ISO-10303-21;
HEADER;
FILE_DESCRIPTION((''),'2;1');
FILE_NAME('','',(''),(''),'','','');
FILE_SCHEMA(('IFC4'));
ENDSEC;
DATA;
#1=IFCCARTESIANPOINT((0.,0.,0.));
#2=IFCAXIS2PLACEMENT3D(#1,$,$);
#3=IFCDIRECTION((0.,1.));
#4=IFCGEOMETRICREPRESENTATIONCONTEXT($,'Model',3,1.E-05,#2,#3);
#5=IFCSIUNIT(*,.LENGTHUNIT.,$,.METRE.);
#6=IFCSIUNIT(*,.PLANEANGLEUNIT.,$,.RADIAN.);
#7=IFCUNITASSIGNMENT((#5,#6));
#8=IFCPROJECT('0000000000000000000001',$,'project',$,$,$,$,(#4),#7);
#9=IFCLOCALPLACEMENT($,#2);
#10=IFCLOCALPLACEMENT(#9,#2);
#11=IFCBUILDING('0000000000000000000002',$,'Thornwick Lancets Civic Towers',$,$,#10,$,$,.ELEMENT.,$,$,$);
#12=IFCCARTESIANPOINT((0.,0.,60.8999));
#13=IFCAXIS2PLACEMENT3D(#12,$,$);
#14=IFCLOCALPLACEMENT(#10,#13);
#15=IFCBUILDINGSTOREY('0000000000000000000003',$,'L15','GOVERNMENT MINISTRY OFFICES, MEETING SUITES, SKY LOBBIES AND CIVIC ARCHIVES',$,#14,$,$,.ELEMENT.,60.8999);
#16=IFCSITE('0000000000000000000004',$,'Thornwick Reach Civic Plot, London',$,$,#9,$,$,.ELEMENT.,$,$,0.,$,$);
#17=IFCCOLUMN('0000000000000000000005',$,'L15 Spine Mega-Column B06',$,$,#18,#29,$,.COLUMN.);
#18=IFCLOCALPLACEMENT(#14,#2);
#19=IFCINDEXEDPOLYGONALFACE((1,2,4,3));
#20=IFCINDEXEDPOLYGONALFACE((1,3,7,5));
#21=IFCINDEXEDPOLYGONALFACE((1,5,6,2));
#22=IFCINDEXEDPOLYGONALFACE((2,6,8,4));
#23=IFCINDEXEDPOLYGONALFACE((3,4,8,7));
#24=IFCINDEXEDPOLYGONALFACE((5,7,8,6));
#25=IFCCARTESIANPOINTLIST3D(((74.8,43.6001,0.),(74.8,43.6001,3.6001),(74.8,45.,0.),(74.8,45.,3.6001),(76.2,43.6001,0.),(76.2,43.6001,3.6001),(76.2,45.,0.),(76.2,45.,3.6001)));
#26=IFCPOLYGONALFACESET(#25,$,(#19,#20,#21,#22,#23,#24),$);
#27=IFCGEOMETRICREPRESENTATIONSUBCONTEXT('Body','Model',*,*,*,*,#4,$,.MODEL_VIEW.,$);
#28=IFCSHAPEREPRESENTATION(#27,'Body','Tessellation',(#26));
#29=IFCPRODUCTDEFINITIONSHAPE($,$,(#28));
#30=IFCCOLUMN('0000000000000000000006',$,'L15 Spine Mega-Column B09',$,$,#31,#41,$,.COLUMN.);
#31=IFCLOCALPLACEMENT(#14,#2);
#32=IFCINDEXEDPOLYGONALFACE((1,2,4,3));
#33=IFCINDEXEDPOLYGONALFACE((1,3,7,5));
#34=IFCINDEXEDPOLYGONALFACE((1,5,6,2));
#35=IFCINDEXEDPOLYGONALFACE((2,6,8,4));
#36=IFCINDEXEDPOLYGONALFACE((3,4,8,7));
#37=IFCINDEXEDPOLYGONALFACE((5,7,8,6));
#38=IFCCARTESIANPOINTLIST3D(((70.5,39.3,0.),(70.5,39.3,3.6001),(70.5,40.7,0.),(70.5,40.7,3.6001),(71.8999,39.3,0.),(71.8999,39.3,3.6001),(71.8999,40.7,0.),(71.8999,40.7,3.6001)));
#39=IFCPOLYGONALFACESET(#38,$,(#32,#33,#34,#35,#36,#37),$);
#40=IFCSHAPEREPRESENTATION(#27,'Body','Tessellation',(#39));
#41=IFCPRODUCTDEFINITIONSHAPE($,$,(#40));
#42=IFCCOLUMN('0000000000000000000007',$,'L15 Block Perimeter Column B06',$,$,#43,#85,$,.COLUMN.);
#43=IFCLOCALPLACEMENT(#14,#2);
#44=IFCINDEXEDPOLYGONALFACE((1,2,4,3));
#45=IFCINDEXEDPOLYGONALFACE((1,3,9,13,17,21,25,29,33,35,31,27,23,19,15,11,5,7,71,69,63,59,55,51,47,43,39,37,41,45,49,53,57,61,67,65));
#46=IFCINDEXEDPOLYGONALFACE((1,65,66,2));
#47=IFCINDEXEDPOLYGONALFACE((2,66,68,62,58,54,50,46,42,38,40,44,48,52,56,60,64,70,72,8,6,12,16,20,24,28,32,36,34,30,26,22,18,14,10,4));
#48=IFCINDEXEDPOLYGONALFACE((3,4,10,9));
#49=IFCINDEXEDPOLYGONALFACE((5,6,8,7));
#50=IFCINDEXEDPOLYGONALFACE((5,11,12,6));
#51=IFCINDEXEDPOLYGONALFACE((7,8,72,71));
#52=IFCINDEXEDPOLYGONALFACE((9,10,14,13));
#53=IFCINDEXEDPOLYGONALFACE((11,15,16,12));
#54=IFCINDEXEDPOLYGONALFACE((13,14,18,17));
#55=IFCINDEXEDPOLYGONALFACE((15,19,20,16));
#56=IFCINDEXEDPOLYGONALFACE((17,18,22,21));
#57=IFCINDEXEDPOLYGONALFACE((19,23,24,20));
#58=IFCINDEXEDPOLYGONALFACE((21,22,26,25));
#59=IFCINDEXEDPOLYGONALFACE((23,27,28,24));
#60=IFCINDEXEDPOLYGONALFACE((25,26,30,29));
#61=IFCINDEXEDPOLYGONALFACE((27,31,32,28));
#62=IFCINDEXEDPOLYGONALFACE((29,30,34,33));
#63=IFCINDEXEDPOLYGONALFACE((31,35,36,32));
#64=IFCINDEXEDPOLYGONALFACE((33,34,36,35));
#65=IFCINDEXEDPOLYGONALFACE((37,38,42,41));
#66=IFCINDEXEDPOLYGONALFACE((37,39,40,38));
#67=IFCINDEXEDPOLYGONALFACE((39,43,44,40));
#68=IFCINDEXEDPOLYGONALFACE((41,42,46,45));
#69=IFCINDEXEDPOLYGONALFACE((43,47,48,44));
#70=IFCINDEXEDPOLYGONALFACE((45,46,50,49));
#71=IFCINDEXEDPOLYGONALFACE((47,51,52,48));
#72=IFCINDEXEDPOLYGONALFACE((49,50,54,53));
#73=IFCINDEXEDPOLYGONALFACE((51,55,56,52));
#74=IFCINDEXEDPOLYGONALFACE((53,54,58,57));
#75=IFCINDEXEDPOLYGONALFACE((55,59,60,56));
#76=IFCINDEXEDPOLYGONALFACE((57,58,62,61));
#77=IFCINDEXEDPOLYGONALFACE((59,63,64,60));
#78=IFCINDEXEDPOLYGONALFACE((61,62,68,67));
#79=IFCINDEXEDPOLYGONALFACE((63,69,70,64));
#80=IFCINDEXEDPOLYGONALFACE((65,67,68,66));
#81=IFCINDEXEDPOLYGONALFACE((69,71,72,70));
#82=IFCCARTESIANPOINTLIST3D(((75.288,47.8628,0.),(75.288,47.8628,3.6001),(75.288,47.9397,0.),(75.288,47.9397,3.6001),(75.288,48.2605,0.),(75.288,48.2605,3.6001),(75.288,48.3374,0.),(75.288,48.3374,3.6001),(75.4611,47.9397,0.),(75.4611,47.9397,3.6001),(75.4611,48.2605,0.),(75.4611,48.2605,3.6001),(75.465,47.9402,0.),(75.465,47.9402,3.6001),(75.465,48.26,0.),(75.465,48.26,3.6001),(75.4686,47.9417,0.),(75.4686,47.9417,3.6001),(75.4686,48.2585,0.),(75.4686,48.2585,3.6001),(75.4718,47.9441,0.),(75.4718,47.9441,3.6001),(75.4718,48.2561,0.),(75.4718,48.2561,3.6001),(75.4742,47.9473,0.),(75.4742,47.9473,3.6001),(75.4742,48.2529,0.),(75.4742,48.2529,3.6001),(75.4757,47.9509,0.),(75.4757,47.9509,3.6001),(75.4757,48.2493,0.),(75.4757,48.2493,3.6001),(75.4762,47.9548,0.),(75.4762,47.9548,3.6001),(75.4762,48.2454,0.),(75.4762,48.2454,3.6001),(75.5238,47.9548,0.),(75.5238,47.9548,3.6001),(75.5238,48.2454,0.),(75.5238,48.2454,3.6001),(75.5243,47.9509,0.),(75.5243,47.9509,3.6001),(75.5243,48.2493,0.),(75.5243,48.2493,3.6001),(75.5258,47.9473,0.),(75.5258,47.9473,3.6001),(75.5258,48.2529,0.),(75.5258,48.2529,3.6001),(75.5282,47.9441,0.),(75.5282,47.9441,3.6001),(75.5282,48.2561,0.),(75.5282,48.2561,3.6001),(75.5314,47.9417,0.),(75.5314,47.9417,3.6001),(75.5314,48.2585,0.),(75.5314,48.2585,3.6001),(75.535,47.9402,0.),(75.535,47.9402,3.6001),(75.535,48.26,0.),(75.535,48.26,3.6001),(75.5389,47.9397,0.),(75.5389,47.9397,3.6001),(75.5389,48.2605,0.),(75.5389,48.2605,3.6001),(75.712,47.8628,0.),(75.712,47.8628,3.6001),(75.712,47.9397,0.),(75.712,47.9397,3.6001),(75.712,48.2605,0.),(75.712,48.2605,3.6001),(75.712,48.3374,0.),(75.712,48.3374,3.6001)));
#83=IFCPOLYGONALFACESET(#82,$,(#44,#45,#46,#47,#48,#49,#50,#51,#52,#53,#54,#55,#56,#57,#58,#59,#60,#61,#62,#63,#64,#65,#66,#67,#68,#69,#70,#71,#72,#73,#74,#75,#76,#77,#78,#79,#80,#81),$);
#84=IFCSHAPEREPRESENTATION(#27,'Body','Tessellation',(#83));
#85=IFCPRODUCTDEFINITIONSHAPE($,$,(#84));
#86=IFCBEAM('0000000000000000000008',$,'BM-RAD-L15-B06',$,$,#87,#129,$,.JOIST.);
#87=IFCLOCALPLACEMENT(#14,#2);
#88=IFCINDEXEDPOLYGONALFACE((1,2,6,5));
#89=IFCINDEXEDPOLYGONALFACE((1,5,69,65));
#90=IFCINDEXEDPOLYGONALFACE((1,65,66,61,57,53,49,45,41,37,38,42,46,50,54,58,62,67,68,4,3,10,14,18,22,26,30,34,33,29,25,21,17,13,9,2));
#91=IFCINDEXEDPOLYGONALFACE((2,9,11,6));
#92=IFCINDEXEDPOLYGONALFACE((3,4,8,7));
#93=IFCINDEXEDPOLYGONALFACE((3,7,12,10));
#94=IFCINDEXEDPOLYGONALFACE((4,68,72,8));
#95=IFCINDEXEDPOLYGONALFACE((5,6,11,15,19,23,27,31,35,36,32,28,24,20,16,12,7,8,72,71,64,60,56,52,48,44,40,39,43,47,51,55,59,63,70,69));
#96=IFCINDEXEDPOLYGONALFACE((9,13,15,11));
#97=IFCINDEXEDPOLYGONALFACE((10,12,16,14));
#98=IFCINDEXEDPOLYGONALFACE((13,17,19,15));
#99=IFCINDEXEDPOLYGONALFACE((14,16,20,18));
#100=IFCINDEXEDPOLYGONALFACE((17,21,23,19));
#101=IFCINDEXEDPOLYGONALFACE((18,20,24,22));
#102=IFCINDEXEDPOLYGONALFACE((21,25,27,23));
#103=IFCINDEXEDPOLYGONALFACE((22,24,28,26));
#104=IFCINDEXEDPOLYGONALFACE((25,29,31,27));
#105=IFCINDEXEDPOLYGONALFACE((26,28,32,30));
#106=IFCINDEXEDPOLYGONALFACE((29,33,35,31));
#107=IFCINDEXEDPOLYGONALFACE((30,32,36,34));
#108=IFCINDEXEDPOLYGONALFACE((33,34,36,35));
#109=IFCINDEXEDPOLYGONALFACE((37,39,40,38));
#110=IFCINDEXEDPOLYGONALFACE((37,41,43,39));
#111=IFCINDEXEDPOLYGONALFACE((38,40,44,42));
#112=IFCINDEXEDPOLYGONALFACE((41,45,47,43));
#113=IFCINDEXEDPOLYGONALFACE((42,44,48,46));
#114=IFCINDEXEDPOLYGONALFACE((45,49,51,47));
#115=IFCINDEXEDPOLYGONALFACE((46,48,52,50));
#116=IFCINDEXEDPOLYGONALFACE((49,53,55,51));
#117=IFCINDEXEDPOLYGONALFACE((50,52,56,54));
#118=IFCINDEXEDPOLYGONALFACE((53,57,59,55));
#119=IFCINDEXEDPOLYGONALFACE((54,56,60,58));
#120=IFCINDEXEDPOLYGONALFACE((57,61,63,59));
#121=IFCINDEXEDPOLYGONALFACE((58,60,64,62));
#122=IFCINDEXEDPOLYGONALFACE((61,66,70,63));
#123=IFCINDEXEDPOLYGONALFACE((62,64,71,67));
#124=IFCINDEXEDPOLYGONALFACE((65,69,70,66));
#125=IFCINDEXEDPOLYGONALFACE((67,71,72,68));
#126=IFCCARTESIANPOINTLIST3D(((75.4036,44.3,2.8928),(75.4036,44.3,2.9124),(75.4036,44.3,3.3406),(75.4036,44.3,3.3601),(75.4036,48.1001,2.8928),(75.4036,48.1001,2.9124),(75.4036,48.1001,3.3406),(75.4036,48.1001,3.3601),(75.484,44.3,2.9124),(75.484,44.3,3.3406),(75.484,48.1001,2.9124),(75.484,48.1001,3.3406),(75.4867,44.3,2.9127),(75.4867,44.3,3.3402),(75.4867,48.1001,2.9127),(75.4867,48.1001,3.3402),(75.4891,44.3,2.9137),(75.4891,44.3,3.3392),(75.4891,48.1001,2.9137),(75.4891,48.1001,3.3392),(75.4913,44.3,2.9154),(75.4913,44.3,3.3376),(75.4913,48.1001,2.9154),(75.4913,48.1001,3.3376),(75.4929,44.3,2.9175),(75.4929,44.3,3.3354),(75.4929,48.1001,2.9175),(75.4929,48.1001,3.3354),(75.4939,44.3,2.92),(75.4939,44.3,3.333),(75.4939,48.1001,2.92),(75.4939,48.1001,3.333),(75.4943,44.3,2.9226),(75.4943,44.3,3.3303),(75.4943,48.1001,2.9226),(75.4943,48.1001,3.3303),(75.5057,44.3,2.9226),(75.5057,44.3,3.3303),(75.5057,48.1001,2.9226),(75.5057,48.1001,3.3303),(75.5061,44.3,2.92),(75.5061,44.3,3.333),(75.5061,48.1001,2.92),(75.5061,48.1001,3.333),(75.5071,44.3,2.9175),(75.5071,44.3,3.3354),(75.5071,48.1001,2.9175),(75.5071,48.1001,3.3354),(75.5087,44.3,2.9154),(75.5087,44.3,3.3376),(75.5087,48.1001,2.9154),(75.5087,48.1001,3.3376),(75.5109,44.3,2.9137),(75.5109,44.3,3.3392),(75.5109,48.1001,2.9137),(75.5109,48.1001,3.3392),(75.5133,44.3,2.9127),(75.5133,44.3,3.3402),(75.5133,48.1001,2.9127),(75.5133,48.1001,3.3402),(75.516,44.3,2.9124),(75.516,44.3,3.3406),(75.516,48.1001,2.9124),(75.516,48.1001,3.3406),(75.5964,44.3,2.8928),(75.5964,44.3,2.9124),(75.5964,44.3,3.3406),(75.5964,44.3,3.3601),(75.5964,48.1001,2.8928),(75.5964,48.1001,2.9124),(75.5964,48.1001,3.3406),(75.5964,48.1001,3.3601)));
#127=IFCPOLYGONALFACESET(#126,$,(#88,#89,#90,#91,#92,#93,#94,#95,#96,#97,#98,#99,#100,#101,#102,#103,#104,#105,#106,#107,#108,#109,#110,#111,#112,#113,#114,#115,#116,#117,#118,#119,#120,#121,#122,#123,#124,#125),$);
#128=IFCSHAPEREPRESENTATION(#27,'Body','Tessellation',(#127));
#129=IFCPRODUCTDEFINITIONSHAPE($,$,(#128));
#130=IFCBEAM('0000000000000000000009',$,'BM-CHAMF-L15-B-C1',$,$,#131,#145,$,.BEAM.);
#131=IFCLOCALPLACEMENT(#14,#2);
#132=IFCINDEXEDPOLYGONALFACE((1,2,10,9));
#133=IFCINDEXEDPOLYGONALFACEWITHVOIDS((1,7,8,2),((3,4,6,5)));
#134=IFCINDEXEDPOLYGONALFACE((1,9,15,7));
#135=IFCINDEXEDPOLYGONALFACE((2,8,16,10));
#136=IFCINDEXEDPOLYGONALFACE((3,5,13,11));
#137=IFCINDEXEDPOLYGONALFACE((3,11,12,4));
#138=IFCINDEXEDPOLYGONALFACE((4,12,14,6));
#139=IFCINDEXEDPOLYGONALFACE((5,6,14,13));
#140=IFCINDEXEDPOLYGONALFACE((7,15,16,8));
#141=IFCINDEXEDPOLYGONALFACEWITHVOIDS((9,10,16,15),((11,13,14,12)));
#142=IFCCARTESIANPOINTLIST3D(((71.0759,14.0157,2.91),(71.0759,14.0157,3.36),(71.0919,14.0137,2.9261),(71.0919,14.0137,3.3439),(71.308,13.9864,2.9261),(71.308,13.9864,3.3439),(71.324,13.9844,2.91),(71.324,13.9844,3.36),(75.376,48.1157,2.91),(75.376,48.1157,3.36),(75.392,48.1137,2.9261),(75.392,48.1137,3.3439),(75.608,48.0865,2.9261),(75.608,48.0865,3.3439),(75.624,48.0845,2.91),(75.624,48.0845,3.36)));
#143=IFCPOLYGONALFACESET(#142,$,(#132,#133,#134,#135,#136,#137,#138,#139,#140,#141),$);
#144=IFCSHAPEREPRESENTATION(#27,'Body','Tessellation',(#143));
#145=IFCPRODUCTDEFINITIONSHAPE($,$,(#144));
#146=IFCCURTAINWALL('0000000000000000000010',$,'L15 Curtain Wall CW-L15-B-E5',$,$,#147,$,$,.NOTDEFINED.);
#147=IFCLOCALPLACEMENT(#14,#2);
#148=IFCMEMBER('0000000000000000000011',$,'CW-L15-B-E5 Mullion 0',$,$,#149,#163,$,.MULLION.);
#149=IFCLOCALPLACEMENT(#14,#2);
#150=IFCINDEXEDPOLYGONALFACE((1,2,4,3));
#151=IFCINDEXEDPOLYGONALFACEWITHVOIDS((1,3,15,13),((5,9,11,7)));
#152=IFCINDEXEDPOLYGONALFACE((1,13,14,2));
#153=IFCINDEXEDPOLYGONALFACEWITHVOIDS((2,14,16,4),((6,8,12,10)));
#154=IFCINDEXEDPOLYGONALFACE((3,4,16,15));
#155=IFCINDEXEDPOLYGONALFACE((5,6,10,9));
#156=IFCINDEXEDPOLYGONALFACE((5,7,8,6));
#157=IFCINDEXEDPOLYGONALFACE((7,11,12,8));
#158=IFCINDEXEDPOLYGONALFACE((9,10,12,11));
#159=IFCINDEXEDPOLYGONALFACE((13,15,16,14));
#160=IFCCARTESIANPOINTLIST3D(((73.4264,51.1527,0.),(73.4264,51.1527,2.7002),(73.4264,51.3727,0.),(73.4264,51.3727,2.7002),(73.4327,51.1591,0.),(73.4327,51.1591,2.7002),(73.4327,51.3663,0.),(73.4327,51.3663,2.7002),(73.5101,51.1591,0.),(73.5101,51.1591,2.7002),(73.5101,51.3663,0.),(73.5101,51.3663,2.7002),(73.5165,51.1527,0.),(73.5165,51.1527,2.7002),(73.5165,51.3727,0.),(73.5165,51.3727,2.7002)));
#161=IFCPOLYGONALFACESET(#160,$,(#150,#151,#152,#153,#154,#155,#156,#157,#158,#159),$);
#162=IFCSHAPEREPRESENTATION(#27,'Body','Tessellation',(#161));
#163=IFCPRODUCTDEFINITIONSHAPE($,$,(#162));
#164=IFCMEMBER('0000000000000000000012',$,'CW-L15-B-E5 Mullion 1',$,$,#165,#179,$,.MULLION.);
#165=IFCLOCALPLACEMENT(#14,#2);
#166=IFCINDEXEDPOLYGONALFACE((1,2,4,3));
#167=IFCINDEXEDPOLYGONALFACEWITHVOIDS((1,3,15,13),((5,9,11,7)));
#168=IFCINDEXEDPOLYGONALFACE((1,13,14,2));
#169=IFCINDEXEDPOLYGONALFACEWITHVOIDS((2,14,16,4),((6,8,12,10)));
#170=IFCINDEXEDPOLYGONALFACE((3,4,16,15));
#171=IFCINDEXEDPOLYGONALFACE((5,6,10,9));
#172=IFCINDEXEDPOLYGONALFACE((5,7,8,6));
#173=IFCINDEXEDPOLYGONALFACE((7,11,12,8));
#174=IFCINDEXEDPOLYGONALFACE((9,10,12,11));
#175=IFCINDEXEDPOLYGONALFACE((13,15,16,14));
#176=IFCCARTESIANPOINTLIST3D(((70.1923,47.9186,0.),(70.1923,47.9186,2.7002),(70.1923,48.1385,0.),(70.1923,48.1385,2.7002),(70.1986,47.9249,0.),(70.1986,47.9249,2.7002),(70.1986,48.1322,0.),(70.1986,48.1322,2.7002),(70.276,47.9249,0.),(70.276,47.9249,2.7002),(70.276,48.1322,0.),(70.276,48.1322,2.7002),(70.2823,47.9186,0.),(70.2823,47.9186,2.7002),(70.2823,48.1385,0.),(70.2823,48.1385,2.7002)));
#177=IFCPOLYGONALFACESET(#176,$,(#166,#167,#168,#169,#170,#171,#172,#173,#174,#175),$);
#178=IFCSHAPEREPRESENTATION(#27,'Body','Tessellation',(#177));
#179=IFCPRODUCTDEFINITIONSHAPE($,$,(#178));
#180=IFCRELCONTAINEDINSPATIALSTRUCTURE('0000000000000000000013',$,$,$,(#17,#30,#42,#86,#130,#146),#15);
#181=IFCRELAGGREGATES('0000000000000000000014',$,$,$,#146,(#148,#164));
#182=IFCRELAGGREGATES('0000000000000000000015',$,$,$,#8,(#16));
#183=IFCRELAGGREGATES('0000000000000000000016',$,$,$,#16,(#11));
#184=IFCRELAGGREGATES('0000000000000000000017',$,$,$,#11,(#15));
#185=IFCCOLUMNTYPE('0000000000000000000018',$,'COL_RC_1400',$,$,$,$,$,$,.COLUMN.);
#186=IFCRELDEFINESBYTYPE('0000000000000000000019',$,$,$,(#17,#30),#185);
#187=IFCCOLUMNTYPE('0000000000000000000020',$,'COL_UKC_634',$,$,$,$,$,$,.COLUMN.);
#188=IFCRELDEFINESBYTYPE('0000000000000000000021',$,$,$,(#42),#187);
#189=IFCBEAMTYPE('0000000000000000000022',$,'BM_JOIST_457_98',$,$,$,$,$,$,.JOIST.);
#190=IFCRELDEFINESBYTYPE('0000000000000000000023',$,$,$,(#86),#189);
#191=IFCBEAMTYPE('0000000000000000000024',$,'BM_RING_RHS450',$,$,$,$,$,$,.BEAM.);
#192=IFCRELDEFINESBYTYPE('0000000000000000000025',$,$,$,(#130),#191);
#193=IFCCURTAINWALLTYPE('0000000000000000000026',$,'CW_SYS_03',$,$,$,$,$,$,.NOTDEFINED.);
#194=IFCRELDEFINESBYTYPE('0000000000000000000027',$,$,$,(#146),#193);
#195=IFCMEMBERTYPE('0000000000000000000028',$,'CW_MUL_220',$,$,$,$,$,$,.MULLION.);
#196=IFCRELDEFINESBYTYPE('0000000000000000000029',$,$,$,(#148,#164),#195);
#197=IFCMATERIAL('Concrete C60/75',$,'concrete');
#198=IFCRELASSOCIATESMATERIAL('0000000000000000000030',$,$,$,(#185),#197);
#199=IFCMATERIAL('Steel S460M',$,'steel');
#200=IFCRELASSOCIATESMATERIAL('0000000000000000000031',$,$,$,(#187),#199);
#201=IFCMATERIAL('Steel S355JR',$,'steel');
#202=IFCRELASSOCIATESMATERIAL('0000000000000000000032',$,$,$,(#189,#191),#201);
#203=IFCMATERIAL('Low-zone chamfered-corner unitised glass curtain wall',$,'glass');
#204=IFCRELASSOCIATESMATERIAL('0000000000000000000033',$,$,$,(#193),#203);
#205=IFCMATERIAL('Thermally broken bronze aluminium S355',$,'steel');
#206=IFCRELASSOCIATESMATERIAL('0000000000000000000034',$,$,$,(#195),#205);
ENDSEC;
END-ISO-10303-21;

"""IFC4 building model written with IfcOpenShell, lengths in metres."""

from ifc_helpers import new_model, si_unit, direction, frame, origin, origin_2d, place, context, subcontext, project, spatial, rectangle, hollow_rectangle, i_section, extrude, material, material_profile, profile_set, type_object, element, aggregate, save


model = new_model("IFC4")

# Units and contexts
model_context = context("Model", 3, precision=1e-05, world=origin(), true_north=direction((0.0, 1.0)))
body_context = subcontext(model_context, "Body", "Model", "MODEL_VIEW")
ifc_project = project(units=[si_unit("LENGTHUNIT", "METRE"), si_unit("PLANEANGLEUNIT", "RADIAN")], contexts=[model_context])

# Site, building, storey
site_placement = place(None, origin())
site = spatial("IfcSite", under=ifc_project, at=site_placement, Name="Thornwick Reach Civic Plot, London", CompositionType="ELEMENT", RefElevation=0.0)
building_placement = place(site_placement, origin())
building = spatial("IfcBuilding", under=site, at=building_placement, Name="Thornwick Lancets Civic Towers", CompositionType="ELEMENT")
storey_placement = place(building_placement, frame((0.0, 0.0, 60.8999)))
storey = spatial("IfcBuildingStorey", under=building, at=storey_placement, Name="L15", Description="GOVERNMENT MINISTRY OFFICES, MEETING SUITES, SKY LOBBIES AND CIVIC ARCHIVES", CompositionType="ELEMENT", Elevation=60.8999)

# Columns
ifc_material_1 = material(Name="Concrete C60/75", Category="concrete")
ifc_material_profile_1 = material_profile(ifc_material_1, rectangle(XDim=1.3999, YDim=1.3999, at=origin_2d()), Name="RC 1400x1400")
ifc_profile_set_1 = profile_set([ifc_material_profile_1], Name="Concrete C60/75")
column_type_1 = type_object("IfcColumnType", Name="COL_RC_1400", PredefinedType="COLUMN", material=ifc_profile_set_1)
for number, where, z_axis, x_axis, name in (
    (1, (75.5, 44.3, 0.0), (0.0, 0.0, 1.0), (1.0, 0.0, 0.0), "L15 Spine Mega-Column B06"),
    (2, (71.2, 40.0, 0.0), (0.0, 0.0, 1.0), (1.0, 0.0, 0.0), "L15 Spine Mega-Column B09"),
):
    element("IfcColumn", number, at=place(storey_placement, frame(where, z_axis=z_axis, x_axis=x_axis)), inside=storey, type_object=column_type_1, Name=name, PredefinedType="COLUMN", context=body_context, shape_type="SweptSolid", body=[
        extrude(rectangle(XDim=1.3999, YDim=1.3999, at=origin_2d()), origin(), (0.0, 0.0, 1.0), 3.6001),
    ])
ifc_material_2 = material(Name="Steel S460M", Category="steel")
ifc_material_profile_2 = material_profile(ifc_material_2, i_section(OverallWidth=0.4241, OverallDepth=0.4746, WebThickness=0.0476, FlangeThickness=0.0769, FilletRadius=0.0151, at=origin_2d()), Name="UKC 356x406x634")
ifc_profile_set_2 = profile_set([ifc_material_profile_2], Name="Steel S460M")
column_type_2 = type_object("IfcColumnType", Name="COL_UKC_634", PredefinedType="COLUMN", material=ifc_profile_set_2)
column_placement = place(storey_placement, frame((75.5, 48.1001, 0.0), z_axis=(0.0, 0.0, 1.0), x_axis=(1.0, 0.0, 0.0)))
element("IfcColumn", 3, at=column_placement, inside=storey, type_object=column_type_2, Name="L15 Block Perimeter Column B06", PredefinedType="COLUMN", context=body_context, shape_type="SweptSolid", body=[
    extrude(i_section(OverallWidth=0.4241, OverallDepth=0.4746, WebThickness=0.0476, FlangeThickness=0.0769, FilletRadius=0.0151, at=origin_2d()), origin(), (0.0, 0.0, 1.0), 3.6001),
])

# Beams
ifc_material_3 = material(Name="Steel S355JR", Category="steel")
ifc_material_profile_3 = material_profile(ifc_material_3, i_section(OverallWidth=0.1929, OverallDepth=0.4673, WebThickness=0.0115, FlangeThickness=0.0195, FilletRadius=0.0103, at=origin_2d()), Name="UKB 457x191x98")
ifc_profile_set_3 = profile_set([ifc_material_profile_3], Name="Steel S355JR")
beam_type_1 = type_object("IfcBeamType", Name="BM_JOIST_457_98", PredefinedType="JOIST", material=ifc_profile_set_3)
beam_1_placement = place(storey_placement, frame((75.5, 44.3, 3.1265), z_axis=(0.0, 1.0, 0.0), x_axis=(-1.0, 0.0, 0.0)))
element("IfcBeam", 4, at=beam_1_placement, inside=storey, type_object=beam_type_1, Name="BM-RAD-L15-B06", PredefinedType="JOIST", context=body_context, shape_type="SweptSolid", body=[
    extrude(i_section(OverallWidth=0.1929, OverallDepth=0.4673, WebThickness=0.0115, FlangeThickness=0.0195, FilletRadius=0.0103, at=origin_2d()), origin(), (0.0, 0.0, 1.0), 3.8),
])
ifc_material_profile_4 = material_profile(ifc_material_3, hollow_rectangle(XDim=0.25, YDim=0.45, WallThickness=0.0161, at=origin_2d()), Name="RHS 450x250x16")
ifc_profile_set_4 = profile_set([ifc_material_profile_4], Name="Steel S355JR")
beam_type_2 = type_object("IfcBeamType", Name="BM_RING_RHS450", PredefinedType="BEAM", material=ifc_profile_set_4)
beam_2_placement = place(storey_placement, frame((75.5, 48.1001, 3.135), z_axis=(-0.12511, -0.992143, 0.0), x_axis=(0.992143, -0.12511, 0.0)))
element("IfcBeam", 5, at=beam_2_placement, inside=storey, type_object=beam_type_2, Name="BM-CHAMF-L15-B-C1", PredefinedType="BEAM", context=body_context, shape_type="SweptSolid", body=[
    extrude(hollow_rectangle(XDim=0.25, YDim=0.45, WallThickness=0.0161, at=origin_2d()), origin(), (0.0, 0.0, 1.0), 34.3701),
])

# Curtain wall, members
ifc_material_4 = material(Name="Low-zone chamfered-corner unitised glass curtain wall", Category="glass")
curtain_wall_type = type_object("IfcCurtainWallType", Name="CW_SYS_03", PredefinedType="NOTDEFINED", material=ifc_material_4)
curtain_wall_placement = place(storey_placement, origin())
curtain_wall = element("IfcCurtainWall", 6, at=curtain_wall_placement, inside=storey, type_object=curtain_wall_type, Name="L15 Curtain Wall CW-L15-B-E5", PredefinedType="NOTDEFINED")
ifc_material_5 = material(Name="Thermally broken bronze aluminium S355", Category="steel")
ifc_material_profile_5 = material_profile(ifc_material_5, hollow_rectangle(XDim=0.0901, YDim=0.22, WallThickness=0.0063, at=origin_2d()), Name="RHS 220x90x6.3")
ifc_profile_set_5 = profile_set([ifc_material_profile_5], Name="Thermally broken bronze aluminium S355")
member_type_1 = type_object("IfcMemberType", Name="CW_MUL_220", PredefinedType="MULLION", material=ifc_profile_set_5)
member_1_placement = place(storey_placement, frame((73.4714, 51.2627, 0.0), z_axis=(0.0, 0.0, 1.0), x_axis=(1.0, 0.0, 0.0)))
member_1 = element("IfcMember", 7, at=member_1_placement, type_object=member_type_1, Name="CW-L15-B-E5 Mullion 0", PredefinedType="MULLION", context=body_context, shape_type="SweptSolid", body=[
    extrude(hollow_rectangle(XDim=0.0901, YDim=0.22, WallThickness=0.0063, at=origin_2d()), origin(), (0.0, 0.0, 1.0), 2.7002),
])
member_2_placement = place(storey_placement, frame((70.2373, 48.0286, 0.0), z_axis=(0.0, 0.0, 1.0), x_axis=(1.0, 0.0, 0.0)))
member_2 = element("IfcMember", 8, at=member_2_placement, type_object=member_type_1, Name="CW-L15-B-E5 Mullion 1", PredefinedType="MULLION", context=body_context, shape_type="SweptSolid", body=[
    extrude(hollow_rectangle(XDim=0.0901, YDim=0.22, WallThickness=0.0063, at=origin_2d()), origin(), (0.0, 0.0, 1.0), 2.7002),
])
aggregate(curtain_wall, [member_1, member_2])

save(model, "model.ifc")
